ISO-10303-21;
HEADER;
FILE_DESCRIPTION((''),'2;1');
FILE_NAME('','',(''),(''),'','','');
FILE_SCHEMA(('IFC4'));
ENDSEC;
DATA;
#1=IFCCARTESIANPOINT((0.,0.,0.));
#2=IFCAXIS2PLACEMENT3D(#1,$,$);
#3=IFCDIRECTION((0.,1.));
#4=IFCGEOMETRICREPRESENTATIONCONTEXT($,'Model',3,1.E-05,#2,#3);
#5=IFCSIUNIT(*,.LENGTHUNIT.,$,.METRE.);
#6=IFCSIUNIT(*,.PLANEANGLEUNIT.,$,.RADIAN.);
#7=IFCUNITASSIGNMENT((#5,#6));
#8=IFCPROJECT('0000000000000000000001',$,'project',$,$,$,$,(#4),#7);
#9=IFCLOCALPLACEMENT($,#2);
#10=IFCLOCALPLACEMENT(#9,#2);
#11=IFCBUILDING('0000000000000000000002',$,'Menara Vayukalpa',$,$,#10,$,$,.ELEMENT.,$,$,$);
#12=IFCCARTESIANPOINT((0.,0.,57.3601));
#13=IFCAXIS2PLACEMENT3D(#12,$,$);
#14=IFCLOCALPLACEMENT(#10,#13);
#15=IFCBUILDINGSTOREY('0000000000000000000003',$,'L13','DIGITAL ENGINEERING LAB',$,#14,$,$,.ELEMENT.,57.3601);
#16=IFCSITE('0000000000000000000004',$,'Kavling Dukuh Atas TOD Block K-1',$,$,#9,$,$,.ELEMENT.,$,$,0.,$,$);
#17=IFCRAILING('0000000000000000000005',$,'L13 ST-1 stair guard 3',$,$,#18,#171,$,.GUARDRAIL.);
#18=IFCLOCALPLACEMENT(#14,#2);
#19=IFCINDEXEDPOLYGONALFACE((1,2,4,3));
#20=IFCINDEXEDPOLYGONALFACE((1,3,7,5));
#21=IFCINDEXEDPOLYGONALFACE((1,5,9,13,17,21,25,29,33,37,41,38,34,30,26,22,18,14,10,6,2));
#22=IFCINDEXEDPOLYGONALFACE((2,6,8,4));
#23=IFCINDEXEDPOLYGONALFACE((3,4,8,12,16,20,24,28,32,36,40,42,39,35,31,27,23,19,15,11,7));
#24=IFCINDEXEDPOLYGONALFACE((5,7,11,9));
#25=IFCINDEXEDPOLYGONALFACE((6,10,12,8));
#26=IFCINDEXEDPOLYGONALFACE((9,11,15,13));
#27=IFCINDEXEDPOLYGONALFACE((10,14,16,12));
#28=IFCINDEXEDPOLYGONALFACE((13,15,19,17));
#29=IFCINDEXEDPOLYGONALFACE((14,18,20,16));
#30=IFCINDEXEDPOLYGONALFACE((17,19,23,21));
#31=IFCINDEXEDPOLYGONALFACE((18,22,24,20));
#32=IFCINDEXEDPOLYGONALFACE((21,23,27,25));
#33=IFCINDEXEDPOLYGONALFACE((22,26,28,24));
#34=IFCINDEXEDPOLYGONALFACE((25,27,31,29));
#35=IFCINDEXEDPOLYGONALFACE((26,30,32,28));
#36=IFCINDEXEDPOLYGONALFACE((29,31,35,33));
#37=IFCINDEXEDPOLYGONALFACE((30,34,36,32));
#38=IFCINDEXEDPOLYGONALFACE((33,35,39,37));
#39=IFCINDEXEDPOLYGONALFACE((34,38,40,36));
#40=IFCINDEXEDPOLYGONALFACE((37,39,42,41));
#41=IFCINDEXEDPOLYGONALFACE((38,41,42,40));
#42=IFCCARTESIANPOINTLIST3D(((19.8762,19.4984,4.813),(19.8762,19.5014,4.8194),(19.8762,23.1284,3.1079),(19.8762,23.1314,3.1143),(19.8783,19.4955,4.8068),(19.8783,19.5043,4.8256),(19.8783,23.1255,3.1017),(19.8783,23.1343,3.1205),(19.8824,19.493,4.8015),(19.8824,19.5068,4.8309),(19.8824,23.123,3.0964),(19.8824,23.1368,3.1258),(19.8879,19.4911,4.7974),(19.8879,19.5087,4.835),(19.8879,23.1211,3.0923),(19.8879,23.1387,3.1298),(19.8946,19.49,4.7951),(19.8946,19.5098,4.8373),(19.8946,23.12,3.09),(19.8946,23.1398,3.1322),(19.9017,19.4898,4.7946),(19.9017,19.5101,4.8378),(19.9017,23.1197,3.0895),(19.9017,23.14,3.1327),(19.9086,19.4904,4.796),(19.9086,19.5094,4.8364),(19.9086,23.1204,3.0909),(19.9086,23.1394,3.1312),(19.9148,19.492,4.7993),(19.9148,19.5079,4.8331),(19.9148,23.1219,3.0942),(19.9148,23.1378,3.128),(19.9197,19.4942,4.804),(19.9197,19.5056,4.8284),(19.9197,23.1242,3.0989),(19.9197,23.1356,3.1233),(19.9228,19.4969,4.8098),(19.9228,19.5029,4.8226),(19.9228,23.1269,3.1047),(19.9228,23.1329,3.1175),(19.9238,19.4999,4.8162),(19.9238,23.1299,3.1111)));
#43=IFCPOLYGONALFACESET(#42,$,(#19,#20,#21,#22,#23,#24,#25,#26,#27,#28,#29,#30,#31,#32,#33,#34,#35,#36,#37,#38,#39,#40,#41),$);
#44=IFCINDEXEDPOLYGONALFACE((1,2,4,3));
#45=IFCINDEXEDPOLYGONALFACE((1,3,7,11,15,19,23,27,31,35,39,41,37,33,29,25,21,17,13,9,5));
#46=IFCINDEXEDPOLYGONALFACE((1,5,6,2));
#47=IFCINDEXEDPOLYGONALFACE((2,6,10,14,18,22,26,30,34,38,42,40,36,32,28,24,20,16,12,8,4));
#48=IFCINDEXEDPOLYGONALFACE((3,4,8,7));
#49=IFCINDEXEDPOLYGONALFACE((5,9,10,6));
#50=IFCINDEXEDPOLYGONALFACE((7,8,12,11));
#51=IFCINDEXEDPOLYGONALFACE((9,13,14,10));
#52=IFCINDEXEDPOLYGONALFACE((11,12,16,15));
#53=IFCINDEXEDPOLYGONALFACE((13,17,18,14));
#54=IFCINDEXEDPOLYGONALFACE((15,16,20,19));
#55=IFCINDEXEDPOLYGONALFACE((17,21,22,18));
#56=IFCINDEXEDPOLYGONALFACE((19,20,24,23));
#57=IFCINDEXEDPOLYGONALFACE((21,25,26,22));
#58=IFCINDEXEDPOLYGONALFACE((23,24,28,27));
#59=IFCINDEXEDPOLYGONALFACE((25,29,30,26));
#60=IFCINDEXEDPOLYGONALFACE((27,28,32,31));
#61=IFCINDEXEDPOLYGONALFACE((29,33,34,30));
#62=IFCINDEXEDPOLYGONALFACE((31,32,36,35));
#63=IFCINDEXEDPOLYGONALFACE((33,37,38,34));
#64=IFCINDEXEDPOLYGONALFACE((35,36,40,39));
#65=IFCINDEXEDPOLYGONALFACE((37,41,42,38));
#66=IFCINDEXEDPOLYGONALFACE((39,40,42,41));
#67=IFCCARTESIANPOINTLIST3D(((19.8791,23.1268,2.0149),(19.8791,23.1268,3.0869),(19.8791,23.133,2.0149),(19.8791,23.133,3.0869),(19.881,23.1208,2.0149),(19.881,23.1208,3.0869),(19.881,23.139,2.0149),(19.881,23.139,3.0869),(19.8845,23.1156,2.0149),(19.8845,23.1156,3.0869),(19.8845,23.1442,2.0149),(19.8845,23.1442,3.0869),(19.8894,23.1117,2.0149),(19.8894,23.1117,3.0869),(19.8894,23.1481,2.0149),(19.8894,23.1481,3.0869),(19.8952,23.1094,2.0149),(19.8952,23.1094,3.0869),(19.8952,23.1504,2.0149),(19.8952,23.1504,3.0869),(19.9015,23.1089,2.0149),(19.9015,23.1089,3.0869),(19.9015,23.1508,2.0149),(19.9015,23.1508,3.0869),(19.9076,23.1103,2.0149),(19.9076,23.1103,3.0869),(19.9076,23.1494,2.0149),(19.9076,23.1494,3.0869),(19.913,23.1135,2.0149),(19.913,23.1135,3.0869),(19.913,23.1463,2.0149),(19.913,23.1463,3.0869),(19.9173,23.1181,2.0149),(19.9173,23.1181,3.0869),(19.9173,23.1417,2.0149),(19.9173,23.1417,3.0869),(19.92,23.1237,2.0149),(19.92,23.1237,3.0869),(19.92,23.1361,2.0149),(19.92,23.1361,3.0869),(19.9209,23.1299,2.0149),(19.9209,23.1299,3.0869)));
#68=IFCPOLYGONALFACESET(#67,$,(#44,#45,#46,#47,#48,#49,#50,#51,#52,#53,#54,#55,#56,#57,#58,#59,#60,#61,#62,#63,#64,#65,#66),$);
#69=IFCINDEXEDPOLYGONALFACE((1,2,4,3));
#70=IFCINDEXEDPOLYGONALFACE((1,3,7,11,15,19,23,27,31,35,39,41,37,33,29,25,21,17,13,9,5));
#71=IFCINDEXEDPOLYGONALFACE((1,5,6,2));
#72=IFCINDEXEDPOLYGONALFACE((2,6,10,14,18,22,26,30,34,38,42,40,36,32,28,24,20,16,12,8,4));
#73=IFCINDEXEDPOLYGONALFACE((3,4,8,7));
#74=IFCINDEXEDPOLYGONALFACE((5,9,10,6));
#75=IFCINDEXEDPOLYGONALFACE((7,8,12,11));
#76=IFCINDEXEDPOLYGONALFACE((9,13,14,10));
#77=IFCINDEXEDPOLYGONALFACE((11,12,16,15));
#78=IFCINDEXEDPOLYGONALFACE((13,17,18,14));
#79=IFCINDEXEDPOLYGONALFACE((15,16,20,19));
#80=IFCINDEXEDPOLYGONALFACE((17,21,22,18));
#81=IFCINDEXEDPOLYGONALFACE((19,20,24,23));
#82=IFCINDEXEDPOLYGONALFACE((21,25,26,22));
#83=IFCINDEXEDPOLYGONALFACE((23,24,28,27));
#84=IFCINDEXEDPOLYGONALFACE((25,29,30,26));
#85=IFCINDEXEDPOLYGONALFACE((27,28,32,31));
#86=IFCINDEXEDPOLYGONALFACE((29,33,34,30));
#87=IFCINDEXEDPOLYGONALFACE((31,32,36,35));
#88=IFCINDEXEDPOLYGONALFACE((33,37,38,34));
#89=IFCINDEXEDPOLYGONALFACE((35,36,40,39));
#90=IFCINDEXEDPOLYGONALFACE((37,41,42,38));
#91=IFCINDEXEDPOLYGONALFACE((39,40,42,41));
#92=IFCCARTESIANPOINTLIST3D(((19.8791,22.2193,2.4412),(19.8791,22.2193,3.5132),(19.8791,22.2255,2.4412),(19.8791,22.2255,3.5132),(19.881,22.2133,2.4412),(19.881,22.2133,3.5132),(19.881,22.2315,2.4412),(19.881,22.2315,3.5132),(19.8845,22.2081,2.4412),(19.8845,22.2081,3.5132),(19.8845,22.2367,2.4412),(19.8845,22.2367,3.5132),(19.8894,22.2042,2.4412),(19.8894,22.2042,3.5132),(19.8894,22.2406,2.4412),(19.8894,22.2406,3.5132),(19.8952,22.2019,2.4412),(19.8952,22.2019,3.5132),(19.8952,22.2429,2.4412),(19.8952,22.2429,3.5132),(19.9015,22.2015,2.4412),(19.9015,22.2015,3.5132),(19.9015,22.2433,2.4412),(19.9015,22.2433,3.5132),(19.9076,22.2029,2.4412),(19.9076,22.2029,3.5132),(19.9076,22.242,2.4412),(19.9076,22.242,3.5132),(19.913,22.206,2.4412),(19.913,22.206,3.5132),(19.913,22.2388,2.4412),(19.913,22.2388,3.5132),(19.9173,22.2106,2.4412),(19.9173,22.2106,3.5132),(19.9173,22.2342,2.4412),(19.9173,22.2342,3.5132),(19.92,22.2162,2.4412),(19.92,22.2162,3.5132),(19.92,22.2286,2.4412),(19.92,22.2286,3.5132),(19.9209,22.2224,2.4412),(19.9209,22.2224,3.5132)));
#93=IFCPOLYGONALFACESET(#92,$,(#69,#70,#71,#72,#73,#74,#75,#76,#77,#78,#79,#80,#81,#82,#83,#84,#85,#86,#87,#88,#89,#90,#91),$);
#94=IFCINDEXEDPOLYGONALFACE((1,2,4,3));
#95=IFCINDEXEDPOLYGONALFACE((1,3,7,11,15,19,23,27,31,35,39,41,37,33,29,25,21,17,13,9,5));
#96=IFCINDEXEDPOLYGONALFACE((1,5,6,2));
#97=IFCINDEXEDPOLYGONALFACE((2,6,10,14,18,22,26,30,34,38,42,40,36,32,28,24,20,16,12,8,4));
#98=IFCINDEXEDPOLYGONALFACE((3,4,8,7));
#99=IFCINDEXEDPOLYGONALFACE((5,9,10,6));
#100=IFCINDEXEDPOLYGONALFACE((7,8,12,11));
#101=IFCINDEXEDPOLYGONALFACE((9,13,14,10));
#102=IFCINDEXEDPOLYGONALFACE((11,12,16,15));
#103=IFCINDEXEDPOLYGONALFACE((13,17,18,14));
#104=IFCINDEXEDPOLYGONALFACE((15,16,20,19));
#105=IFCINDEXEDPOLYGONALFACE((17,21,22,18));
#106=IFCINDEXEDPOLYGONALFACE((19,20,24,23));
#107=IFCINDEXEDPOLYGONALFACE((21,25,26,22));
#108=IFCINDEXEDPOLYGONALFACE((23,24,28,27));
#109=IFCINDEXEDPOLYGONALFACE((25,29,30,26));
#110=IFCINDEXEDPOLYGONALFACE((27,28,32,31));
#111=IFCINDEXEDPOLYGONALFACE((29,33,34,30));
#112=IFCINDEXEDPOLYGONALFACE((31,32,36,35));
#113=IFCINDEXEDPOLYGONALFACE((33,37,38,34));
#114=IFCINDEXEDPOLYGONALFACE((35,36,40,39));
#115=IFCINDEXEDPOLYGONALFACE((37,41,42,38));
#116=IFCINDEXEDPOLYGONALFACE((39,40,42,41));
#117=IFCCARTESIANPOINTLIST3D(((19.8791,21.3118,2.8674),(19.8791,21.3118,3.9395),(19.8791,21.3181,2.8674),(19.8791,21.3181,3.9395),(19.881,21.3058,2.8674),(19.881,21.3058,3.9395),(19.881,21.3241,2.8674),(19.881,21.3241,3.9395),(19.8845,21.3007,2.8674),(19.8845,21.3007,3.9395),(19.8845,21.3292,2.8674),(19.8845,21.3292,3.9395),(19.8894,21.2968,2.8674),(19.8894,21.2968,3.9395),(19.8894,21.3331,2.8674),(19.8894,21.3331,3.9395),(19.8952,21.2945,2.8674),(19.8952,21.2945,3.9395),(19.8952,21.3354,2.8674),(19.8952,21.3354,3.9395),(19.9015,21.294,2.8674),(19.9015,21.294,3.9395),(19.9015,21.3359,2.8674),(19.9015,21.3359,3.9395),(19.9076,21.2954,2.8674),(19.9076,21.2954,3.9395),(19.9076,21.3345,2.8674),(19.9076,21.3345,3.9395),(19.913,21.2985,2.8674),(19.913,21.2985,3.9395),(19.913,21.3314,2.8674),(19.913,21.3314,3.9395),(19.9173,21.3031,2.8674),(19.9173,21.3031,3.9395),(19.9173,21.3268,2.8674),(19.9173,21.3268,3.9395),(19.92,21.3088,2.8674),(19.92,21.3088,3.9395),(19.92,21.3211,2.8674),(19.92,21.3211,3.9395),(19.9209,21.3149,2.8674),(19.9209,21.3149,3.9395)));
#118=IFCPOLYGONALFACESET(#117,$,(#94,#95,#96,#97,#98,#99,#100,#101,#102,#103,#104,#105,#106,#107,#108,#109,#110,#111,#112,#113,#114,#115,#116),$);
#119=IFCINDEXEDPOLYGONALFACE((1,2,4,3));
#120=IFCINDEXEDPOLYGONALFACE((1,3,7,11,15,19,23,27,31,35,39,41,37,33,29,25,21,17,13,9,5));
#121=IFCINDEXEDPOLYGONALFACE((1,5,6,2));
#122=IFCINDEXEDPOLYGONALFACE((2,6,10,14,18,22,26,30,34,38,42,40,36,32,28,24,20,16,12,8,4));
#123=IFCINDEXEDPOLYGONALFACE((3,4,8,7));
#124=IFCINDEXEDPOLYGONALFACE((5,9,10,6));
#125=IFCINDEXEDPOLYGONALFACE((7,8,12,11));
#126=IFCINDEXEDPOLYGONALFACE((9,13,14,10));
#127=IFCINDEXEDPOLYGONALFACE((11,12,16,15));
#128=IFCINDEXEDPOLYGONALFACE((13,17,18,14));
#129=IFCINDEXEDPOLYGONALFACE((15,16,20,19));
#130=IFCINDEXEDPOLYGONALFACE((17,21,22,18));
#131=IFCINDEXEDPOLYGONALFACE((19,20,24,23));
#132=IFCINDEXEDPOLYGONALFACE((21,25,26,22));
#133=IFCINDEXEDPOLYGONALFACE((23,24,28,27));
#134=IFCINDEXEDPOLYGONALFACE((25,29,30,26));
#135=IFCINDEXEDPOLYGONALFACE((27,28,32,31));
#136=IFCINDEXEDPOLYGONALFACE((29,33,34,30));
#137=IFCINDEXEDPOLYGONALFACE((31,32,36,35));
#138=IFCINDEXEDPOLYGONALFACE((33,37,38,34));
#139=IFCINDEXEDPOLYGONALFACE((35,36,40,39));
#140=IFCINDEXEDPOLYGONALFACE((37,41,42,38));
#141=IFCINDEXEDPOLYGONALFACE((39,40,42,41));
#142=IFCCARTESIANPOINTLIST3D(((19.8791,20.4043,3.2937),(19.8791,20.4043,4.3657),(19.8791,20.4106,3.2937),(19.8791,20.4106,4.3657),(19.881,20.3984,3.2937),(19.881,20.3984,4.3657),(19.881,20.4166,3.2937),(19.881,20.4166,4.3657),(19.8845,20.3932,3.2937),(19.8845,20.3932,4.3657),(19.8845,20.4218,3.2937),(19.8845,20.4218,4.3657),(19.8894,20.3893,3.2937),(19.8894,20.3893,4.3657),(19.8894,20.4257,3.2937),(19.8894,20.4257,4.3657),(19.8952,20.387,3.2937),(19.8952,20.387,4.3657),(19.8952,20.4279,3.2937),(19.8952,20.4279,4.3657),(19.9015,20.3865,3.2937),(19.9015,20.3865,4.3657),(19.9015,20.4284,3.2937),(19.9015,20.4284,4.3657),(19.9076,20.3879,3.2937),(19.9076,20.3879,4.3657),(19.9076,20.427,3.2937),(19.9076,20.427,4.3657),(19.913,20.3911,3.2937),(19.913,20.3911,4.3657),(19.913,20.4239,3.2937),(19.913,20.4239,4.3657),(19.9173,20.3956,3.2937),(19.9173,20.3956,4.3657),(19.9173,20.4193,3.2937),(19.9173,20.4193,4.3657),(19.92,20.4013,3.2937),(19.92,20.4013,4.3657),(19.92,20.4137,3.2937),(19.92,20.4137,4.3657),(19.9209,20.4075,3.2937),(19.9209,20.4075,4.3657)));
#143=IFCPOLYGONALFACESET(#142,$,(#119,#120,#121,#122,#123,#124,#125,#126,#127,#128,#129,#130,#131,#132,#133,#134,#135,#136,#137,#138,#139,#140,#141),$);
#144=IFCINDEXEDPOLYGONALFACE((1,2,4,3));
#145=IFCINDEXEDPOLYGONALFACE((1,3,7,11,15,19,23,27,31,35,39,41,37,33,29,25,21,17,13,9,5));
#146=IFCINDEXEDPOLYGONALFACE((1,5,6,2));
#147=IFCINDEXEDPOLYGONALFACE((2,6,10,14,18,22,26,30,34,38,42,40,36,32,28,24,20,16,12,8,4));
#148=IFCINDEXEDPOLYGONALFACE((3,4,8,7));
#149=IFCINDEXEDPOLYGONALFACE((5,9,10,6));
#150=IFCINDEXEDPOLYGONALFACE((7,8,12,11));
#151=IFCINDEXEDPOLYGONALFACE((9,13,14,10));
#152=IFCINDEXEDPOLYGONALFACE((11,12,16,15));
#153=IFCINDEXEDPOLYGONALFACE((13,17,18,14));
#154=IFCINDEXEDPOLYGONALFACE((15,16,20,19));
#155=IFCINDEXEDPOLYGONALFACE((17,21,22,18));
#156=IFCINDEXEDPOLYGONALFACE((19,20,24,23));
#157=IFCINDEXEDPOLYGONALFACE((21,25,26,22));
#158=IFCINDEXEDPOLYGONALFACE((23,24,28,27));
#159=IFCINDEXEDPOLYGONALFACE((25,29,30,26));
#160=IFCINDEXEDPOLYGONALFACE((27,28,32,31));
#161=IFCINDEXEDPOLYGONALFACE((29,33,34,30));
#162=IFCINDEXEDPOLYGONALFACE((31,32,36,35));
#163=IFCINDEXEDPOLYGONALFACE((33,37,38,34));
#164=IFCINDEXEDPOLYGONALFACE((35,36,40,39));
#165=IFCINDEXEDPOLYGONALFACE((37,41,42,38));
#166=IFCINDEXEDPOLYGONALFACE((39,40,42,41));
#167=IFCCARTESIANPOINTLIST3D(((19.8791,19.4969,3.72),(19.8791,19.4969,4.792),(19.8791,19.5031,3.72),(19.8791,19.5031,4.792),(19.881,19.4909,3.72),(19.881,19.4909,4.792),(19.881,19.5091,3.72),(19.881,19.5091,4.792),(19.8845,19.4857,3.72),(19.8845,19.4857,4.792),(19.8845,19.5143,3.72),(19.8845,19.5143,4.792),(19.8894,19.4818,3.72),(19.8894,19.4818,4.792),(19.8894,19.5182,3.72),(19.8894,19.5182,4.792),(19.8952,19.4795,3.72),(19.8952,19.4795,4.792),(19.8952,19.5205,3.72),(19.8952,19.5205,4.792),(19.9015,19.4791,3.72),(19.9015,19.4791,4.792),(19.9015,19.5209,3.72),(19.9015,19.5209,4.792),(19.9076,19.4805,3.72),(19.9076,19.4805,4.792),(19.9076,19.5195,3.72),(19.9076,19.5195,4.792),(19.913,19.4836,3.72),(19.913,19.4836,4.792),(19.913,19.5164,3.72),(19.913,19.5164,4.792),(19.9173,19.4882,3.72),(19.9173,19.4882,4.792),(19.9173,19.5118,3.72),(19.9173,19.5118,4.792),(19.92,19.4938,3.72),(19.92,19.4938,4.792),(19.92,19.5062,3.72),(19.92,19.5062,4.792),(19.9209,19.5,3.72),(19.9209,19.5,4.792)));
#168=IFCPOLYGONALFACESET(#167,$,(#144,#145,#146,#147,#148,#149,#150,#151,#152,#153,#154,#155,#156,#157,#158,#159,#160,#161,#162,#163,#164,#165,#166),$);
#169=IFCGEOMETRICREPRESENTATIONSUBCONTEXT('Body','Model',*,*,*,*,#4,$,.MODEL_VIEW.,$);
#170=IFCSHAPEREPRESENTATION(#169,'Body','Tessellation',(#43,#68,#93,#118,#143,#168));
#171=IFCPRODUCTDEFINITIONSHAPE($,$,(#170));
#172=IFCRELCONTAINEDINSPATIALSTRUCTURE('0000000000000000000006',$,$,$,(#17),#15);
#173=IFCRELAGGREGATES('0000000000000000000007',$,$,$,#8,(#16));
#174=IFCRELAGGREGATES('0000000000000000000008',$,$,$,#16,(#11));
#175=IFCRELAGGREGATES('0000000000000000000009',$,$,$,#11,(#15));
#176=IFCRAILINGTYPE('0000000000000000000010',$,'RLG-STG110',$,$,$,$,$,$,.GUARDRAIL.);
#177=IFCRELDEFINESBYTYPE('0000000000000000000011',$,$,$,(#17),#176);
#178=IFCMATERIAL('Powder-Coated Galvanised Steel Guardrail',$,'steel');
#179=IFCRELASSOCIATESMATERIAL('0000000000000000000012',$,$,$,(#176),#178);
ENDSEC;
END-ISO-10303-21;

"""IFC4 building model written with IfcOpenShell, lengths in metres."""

from ifc_helpers import new_model, si_unit, direction, frame, origin, origin_2d, place, context, subcontext, project, spatial, circle, extrude, material, type_object, element, save


model = new_model("IFC4")

# Units and contexts
model_context = context("Model", 3, precision=1e-05, world=origin(), true_north=direction((0.0, 1.0)))
body_context = subcontext(model_context, "Body", "Model", "MODEL_VIEW")
ifc_project = project(units=[si_unit("LENGTHUNIT", "METRE"), si_unit("PLANEANGLEUNIT", "RADIAN")], contexts=[model_context])

# Site, building, storey
site_placement = place(None, origin())
site = spatial("IfcSite", under=ifc_project, at=site_placement, Name="Kavling Dukuh Atas TOD Block K-1", CompositionType="ELEMENT", RefElevation=0.0)
building_placement = place(site_placement, origin())
building = spatial("IfcBuilding", under=site, at=building_placement, Name="Menara Vayukalpa", CompositionType="ELEMENT")
storey_placement = place(building_placement, frame((0.0, 0.0, 57.3601)))
storey = spatial("IfcBuildingStorey", under=building, at=storey_placement, Name="L13", Description="DIGITAL ENGINEERING LAB", CompositionType="ELEMENT", Elevation=57.3601)

# Railing
ifc_material_1 = material(Name="Powder-Coated Galvanised Steel Guardrail", Category="steel")
railing_type = type_object("IfcRailingType", Name="RLG-STG110", PredefinedType="GUARDRAIL", material=ifc_material_1)
railing_1_placement = place(storey_placement, frame((19.8999, 23.1299, 2.0149)))
element("IfcRailing", 1, at=railing_1_placement, inside=storey, type_object=railing_type, Name="L13 ST-1 stair guard 3", PredefinedType="GUARDRAIL", context=body_context, shape_type="SweptSolid", body=[
    extrude(circle(Radius=0.0239, at=origin_2d()), frame((0.0, 0.0, 1.0962), z_axis=(0.0, -0.905116, 0.425164), x_axis=(1.0, 0.0, 0.0)), (0.0, 0.0, 1.0), 4.0105),
    extrude(circle(Radius=0.021, at=origin_2d()), origin(), (0.0, 0.0, 1.0), 1.072),
    extrude(circle(Radius=0.021, at=origin_2d()), frame((0.0, -0.9075, 0.4263)), (0.0, 0.0, 1.0), 1.072),
    extrude(circle(Radius=0.021, at=origin_2d()), frame((0.0, -1.8149, 0.8525)), (0.0, 0.0, 1.0), 1.072),
    extrude(circle(Radius=0.021, at=origin_2d()), frame((0.0, -2.7224, 1.2788)), (0.0, 0.0, 1.0), 1.072),
    extrude(circle(Radius=0.021, at=origin_2d()), frame((0.0, -3.6299, 1.7051)), (0.0, 0.0, 1.0), 1.072),
])

save(model, "model.ifc")
